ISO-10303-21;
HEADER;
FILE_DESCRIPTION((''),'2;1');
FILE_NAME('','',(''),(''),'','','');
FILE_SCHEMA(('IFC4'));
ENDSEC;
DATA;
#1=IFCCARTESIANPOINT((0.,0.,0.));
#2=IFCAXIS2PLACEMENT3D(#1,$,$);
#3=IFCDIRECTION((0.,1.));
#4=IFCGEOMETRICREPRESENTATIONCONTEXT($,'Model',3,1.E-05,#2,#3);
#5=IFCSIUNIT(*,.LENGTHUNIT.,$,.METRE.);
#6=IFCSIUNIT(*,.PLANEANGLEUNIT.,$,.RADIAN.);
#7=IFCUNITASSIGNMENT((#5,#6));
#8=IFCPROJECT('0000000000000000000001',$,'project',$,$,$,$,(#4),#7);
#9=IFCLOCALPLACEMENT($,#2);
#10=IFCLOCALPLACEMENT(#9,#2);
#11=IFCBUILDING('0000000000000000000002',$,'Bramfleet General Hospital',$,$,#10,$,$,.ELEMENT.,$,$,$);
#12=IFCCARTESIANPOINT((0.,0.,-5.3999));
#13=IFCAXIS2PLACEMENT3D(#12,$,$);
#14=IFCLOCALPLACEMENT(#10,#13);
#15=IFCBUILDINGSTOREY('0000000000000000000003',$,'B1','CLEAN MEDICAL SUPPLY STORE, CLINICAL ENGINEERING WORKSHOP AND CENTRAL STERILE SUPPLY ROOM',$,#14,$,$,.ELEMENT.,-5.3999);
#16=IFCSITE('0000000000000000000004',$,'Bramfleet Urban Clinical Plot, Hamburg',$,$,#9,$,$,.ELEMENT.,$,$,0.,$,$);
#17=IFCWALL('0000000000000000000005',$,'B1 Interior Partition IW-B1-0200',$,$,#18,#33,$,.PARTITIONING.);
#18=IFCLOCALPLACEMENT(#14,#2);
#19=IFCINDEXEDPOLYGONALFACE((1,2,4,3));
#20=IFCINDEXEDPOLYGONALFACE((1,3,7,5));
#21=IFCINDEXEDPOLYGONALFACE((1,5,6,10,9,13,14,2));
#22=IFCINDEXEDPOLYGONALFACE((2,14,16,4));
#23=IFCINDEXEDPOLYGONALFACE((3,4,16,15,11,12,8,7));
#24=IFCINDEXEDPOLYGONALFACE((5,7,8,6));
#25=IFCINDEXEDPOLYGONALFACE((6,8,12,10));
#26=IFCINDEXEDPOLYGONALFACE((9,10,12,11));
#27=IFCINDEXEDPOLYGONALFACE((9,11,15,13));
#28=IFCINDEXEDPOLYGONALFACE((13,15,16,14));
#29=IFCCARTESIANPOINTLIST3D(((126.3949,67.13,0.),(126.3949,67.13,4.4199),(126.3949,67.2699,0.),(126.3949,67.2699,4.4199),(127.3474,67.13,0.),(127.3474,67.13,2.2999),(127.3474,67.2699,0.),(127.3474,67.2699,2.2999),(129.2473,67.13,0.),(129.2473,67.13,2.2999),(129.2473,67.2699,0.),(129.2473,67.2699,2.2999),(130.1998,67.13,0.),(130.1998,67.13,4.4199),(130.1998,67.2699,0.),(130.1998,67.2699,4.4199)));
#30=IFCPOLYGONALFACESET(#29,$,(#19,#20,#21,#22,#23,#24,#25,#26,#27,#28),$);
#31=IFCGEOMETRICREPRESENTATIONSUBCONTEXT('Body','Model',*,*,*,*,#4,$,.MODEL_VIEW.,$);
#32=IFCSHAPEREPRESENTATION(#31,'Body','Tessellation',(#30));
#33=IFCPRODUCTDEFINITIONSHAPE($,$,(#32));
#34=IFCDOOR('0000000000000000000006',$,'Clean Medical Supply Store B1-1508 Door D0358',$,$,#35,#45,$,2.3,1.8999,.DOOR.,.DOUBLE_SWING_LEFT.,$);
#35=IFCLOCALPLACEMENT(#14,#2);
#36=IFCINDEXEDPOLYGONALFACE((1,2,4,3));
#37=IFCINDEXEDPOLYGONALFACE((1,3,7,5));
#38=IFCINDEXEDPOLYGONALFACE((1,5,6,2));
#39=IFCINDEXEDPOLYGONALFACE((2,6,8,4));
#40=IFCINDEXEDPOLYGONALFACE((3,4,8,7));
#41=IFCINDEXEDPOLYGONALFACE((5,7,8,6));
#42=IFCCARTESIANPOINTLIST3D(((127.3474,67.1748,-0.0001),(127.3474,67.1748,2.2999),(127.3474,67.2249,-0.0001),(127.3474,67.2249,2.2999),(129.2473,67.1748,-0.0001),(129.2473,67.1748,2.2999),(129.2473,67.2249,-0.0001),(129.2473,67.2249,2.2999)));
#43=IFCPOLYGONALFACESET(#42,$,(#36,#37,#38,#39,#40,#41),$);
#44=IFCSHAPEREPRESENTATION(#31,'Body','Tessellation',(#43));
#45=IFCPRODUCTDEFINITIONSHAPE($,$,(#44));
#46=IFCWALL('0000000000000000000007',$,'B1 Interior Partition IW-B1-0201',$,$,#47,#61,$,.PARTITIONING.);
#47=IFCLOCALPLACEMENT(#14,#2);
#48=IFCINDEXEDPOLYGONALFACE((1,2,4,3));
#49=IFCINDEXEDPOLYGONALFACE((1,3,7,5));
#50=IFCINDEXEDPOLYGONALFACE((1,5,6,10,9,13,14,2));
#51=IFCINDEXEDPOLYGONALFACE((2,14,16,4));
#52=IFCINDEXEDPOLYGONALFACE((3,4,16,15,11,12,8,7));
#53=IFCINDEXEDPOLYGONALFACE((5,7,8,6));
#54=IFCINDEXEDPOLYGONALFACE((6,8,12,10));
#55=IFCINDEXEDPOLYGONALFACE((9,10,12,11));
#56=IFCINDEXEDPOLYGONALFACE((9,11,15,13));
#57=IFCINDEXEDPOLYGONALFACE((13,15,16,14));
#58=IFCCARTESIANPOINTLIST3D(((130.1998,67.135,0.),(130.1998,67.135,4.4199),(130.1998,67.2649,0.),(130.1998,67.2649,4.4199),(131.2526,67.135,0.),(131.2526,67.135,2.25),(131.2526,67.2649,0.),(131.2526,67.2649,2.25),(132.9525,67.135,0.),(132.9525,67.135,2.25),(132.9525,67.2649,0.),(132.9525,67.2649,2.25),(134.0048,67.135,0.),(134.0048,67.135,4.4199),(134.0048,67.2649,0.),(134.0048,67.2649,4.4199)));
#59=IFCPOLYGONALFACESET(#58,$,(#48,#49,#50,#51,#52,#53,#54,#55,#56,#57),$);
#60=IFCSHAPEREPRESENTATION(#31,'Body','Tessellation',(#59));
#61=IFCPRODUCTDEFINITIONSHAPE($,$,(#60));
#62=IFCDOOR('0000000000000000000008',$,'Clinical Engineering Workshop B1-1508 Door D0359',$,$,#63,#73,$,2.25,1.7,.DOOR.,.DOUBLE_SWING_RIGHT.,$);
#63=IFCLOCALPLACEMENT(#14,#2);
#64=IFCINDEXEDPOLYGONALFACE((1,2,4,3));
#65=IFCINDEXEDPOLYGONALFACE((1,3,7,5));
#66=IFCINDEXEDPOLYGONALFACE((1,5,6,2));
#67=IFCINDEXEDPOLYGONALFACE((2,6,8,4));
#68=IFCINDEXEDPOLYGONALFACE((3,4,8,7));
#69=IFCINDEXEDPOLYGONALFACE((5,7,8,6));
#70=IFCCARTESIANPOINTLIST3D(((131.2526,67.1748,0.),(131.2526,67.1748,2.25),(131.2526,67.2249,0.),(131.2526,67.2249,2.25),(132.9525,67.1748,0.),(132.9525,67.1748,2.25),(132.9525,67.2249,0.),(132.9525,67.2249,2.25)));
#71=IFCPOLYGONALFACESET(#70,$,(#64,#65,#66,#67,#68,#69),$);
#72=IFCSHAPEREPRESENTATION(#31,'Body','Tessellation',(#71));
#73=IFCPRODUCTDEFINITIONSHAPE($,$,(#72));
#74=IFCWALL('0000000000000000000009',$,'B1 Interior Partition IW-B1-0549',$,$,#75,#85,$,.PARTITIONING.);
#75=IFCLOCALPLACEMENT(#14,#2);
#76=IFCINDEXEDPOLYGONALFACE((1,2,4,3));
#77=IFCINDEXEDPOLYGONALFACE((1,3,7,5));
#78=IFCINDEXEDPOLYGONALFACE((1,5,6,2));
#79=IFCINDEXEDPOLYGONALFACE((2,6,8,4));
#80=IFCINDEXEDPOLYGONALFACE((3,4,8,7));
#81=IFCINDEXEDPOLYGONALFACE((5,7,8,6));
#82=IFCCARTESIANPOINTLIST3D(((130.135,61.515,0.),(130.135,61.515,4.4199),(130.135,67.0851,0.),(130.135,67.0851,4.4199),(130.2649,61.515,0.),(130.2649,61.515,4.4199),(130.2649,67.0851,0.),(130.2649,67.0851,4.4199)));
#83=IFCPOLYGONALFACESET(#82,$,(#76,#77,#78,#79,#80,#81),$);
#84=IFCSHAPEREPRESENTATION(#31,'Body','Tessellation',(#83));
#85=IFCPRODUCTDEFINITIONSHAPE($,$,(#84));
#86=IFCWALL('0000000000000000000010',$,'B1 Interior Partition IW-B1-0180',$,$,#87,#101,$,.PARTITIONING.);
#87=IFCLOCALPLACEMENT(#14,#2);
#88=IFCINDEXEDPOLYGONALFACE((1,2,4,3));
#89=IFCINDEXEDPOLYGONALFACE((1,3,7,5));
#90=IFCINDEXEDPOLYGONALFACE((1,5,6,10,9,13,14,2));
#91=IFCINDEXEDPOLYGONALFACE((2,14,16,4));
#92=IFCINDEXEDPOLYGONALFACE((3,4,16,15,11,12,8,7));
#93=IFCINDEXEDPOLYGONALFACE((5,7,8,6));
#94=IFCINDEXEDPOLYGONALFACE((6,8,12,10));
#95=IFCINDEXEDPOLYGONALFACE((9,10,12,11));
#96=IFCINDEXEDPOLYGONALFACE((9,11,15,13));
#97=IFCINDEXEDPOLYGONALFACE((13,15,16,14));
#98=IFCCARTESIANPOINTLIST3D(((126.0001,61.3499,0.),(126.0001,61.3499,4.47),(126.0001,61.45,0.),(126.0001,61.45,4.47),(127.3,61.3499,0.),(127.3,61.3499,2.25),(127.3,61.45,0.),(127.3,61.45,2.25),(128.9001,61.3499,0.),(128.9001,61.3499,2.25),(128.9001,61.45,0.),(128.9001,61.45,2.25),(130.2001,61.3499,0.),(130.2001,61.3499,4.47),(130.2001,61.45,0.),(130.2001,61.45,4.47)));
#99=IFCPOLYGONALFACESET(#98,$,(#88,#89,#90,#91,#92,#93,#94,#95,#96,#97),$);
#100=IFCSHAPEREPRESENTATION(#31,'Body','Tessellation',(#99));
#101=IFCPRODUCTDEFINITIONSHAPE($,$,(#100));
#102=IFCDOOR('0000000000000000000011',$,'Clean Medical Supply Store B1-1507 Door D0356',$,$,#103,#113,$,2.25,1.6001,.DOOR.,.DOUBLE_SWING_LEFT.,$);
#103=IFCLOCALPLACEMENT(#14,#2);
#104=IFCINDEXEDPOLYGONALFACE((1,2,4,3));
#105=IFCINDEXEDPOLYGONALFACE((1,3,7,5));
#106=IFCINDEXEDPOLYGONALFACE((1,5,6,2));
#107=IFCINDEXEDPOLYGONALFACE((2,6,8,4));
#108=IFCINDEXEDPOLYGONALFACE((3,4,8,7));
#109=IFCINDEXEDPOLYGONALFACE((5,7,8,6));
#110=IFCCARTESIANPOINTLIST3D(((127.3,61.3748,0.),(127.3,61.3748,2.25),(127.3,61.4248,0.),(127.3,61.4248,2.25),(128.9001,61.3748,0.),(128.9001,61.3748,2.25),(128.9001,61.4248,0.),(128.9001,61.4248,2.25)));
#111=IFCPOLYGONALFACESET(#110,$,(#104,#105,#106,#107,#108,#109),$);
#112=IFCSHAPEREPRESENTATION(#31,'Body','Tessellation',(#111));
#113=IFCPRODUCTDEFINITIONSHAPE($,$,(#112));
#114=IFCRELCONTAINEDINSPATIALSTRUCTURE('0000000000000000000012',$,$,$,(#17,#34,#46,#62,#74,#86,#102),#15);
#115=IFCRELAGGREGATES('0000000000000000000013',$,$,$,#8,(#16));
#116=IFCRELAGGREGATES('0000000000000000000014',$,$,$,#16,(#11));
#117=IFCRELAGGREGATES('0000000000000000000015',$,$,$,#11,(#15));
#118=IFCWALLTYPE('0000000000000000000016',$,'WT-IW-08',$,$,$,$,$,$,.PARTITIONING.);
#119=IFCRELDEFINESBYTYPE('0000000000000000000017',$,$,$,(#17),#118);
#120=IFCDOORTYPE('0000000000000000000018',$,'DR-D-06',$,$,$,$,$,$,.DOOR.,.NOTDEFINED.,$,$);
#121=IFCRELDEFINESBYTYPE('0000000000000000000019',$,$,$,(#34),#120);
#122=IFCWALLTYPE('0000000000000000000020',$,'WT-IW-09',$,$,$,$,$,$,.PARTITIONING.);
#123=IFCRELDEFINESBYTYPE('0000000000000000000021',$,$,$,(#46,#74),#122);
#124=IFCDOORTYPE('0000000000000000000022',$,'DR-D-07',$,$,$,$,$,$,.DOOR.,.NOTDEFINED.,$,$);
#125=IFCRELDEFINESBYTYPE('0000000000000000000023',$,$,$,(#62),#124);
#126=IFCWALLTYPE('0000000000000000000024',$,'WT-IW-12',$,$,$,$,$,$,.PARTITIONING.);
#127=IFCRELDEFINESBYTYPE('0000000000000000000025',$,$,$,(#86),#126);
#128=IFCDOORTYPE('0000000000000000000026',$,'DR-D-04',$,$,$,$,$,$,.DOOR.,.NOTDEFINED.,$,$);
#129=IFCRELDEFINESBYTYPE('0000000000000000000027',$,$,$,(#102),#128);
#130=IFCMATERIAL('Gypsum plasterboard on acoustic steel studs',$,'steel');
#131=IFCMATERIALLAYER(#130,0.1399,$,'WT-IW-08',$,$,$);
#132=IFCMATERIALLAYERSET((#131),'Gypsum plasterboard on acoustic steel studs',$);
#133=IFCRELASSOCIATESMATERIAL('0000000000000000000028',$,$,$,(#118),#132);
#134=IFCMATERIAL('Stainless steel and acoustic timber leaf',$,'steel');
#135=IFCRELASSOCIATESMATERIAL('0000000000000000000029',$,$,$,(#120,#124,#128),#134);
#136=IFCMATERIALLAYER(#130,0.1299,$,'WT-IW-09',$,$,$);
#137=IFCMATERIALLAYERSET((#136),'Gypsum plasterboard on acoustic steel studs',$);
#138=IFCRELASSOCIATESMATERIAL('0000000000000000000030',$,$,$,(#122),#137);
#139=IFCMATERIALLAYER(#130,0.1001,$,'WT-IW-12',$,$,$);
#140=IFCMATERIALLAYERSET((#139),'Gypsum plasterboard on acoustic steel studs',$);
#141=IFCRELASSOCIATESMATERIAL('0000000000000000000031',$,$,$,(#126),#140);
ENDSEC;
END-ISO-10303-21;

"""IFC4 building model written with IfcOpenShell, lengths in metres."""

from ifc_helpers import new_model, si_unit, direction, frame, frame_2d, origin, place, context, subcontext, project, spatial, rectangle, extrude, material, layer, layer_set, type_object, element, fill, save


model = new_model("IFC4")

# Units and contexts
model_context = context("Model", 3, precision=1e-05, world=origin(), true_north=direction((0.0, 1.0)))
body_context = subcontext(model_context, "Body", "Model", "MODEL_VIEW")
ifc_project = project(units=[si_unit("LENGTHUNIT", "METRE"), si_unit("PLANEANGLEUNIT", "RADIAN")], contexts=[model_context])

# Site, building, storey
site_placement = place(None, origin())
site = spatial("IfcSite", under=ifc_project, at=site_placement, Name="Bramfleet Urban Clinical Plot, Hamburg", CompositionType="ELEMENT", RefElevation=0.0)
building_placement = place(site_placement, origin())
building = spatial("IfcBuilding", under=site, at=building_placement, Name="Bramfleet General Hospital", CompositionType="ELEMENT")
storey_placement = place(building_placement, frame((0.0, 0.0, -5.3999)))
storey = spatial("IfcBuildingStorey", under=building, at=storey_placement, Name="B1", Description="CLEAN MEDICAL SUPPLY STORE, CLINICAL ENGINEERING WORKSHOP AND CENTRAL STERILE SUPPLY ROOM", CompositionType="ELEMENT", Elevation=-5.3999)

# Shared definitions
ifc_material_1 = material(Name="Stainless steel and acoustic timber leaf", Category="steel")

# Walls, openings, doors
ifc_material_2 = material(Name="Gypsum plasterboard on acoustic steel studs", Category="steel")
ifc_layer_1 = layer(ifc_material_2, 0.1399, Name="WT-IW-08")
ifc_layer_set_1 = layer_set([ifc_layer_1], Name="Gypsum plasterboard on acoustic steel studs")
wall_type_1 = type_object("IfcWallType", Name="WT-IW-08", PredefinedType="PARTITIONING", material=ifc_layer_set_1)
wall_1_placement = place(storey_placement, frame((126.395, 67.2, 0.0), z_axis=(0.0, 0.0, 1.0), x_axis=(1.0, 0.0, 0.0)))
wall_1 = element("IfcWall", 1, at=wall_1_placement, inside=storey, type_object=wall_type_1, Name="B1 Interior Partition IW-B1-0200", PredefinedType="PARTITIONING", context=body_context, shape_type="SweptSolid", body=[
    extrude(rectangle(XDim=3.8049, YDim=0.1399, at=frame_2d((1.9023, 0.0))), origin(), (0.0, 0.0, 1.0), 4.4199),
])
opening_1_placement = place(wall_1_placement, frame((0.9524, 0.0, 0.0)))
opening_1 = element("IfcOpeningElement", 2, at=opening_1_placement, cuts=wall_1, PredefinedType="OPENING", context=body_context, shape_type="SweptSolid", body=[
    extrude(rectangle(XDim=1.8999, YDim=2.3, at=frame_2d((0.95, 1.1499))), frame((0.0, 0.0798, 0.0), z_axis=(0.0, -1.0, 0.0), x_axis=(1.0, 0.0, 0.0)), (0.0, 0.0, 1.0), 0.1599),
])
door_type_1 = type_object("IfcDoorType", Name="DR-D-06", OperationType="NOTDEFINED", PredefinedType="DOOR", material=ifc_material_1)
door_1_placement = place(opening_1_placement, origin())
door_1 = element("IfcDoor", 3, at=door_1_placement, inside=storey, type_object=door_type_1, Name="Clean Medical Supply Store B1-1508 Door D0358", OperationType="DOUBLE_SWING_LEFT", OverallHeight=2.3, OverallWidth=1.8999, PredefinedType="DOOR", context=body_context, shape_type="SweptSolid", body=[
    extrude(rectangle(XDim=1.8999, YDim=2.3, at=frame_2d((0.95, 1.1499))), frame((0.0, 0.0249, 0.0), z_axis=(0.0, -1.0, 0.0), x_axis=(1.0, 0.0, 0.0)), (0.0, 0.0, 1.0), 0.05),
])
fill(opening_1, door_1)
ifc_layer_2 = layer(ifc_material_2, 0.1299, Name="WT-IW-09")
ifc_layer_set_2 = layer_set([ifc_layer_2], Name="Gypsum plasterboard on acoustic steel studs")
wall_type_2 = type_object("IfcWallType", Name="WT-IW-09", PredefinedType="PARTITIONING", material=ifc_layer_set_2)
wall_2_placement = place(storey_placement, frame((130.2, 67.2, 0.0), z_axis=(0.0, 0.0, 1.0), x_axis=(1.0, 0.0, 0.0)))
wall_2 = element("IfcWall", 4, at=wall_2_placement, inside=storey, type_object=wall_type_2, Name="B1 Interior Partition IW-B1-0201", PredefinedType="PARTITIONING", context=body_context, shape_type="SweptSolid", body=[
    extrude(rectangle(XDim=3.8049, YDim=0.1299, at=frame_2d((1.9023, 0.0))), origin(), (0.0, 0.0, 1.0), 4.4199),
])
opening_2_placement = place(wall_2_placement, frame((1.0525, 0.0, 0.0)))
opening_2 = element("IfcOpeningElement", 5, at=opening_2_placement, cuts=wall_2, PredefinedType="OPENING", context=body_context, shape_type="SweptSolid", body=[
    extrude(rectangle(XDim=1.7, YDim=2.25, at=frame_2d((0.8501, 1.125))), frame((0.0, 0.075, 0.0), z_axis=(0.0, -1.0, 0.0), x_axis=(1.0, 0.0, 0.0)), (0.0, 0.0, 1.0), 0.1499),
])
door_type_2 = type_object("IfcDoorType", Name="DR-D-07", OperationType="NOTDEFINED", PredefinedType="DOOR", material=ifc_material_1)
door_2_placement = place(opening_2_placement, origin())
door_2 = element("IfcDoor", 6, at=door_2_placement, inside=storey, type_object=door_type_2, Name="Clinical Engineering Workshop B1-1508 Door D0359", OperationType="DOUBLE_SWING_RIGHT", OverallHeight=2.25, OverallWidth=1.7, PredefinedType="DOOR", context=body_context, shape_type="SweptSolid", body=[
    extrude(rectangle(XDim=1.7, YDim=2.25, at=frame_2d((0.8501, 1.125))), frame((0.0, 0.0249, 0.0), z_axis=(0.0, -1.0, 0.0), x_axis=(1.0, 0.0, 0.0)), (0.0, 0.0, 1.0), 0.05),
])
fill(opening_2, door_2)

# Wall
wall_3_placement = place(storey_placement, frame((130.2, 61.5149, 0.0), z_axis=(0.0, 0.0, 1.0), x_axis=(0.0, 1.0, 0.0)))
element("IfcWall", 7, at=wall_3_placement, inside=storey, type_object=wall_type_2, Name="B1 Interior Partition IW-B1-0549", PredefinedType="PARTITIONING", context=body_context, shape_type="SweptSolid", body=[
    extrude(rectangle(XDim=5.5701, YDim=0.1299, at=frame_2d((2.7852, 0.0))), origin(), (0.0, 0.0, 1.0), 4.4199),
])

# Wall, opening, door
ifc_layer_3 = layer(ifc_material_2, 0.1001, Name="WT-IW-12")
ifc_layer_set_3 = layer_set([ifc_layer_3], Name="Gypsum plasterboard on acoustic steel studs")
wall_type_3 = type_object("IfcWallType", Name="WT-IW-12", PredefinedType="PARTITIONING", material=ifc_layer_set_3)
wall_4_placement = place(storey_placement, frame((126.0, 61.3999, 0.0), z_axis=(0.0, 0.0, 1.0), x_axis=(1.0, 0.0, 0.0)))
wall_4 = element("IfcWall", 8, at=wall_4_placement, inside=storey, type_object=wall_type_3, Name="B1 Interior Partition IW-B1-0180", PredefinedType="PARTITIONING", context=body_context, shape_type="SweptSolid", body=[
    extrude(rectangle(XDim=4.2, YDim=0.1001, at=frame_2d((2.1001, 0.0))), origin(), (0.0, 0.0, 1.0), 4.47),
])
opening_3_placement = place(wall_4_placement, frame((1.3, 0.0, 0.0)))
opening_3 = element("IfcOpeningElement", 9, at=opening_3_placement, cuts=wall_4, PredefinedType="OPENING", context=body_context, shape_type="SweptSolid", body=[
    extrude(rectangle(XDim=1.6001, YDim=2.25, at=frame_2d((0.8, 1.125))), frame((0.0, 0.0601, 0.0), z_axis=(0.0, -1.0, 0.0), x_axis=(1.0, 0.0, 0.0)), (0.0, 0.0, 1.0), 0.1201),
])
door_type_3 = type_object("IfcDoorType", Name="DR-D-04", OperationType="NOTDEFINED", PredefinedType="DOOR", material=ifc_material_1)
door_3_placement = place(opening_3_placement, origin())
door_3 = element("IfcDoor", 10, at=door_3_placement, inside=storey, type_object=door_type_3, Name="Clean Medical Supply Store B1-1507 Door D0356", OperationType="DOUBLE_SWING_LEFT", OverallHeight=2.25, OverallWidth=1.6001, PredefinedType="DOOR", context=body_context, shape_type="SweptSolid", body=[
    extrude(rectangle(XDim=1.6001, YDim=2.25, at=frame_2d((0.8, 1.125))), frame((0.0, 0.0249, 0.0), z_axis=(0.0, -1.0, 0.0), x_axis=(1.0, 0.0, 0.0)), (0.0, 0.0, 1.0), 0.05),
])
fill(opening_3, door_3)

save(model, "model.ifc")
